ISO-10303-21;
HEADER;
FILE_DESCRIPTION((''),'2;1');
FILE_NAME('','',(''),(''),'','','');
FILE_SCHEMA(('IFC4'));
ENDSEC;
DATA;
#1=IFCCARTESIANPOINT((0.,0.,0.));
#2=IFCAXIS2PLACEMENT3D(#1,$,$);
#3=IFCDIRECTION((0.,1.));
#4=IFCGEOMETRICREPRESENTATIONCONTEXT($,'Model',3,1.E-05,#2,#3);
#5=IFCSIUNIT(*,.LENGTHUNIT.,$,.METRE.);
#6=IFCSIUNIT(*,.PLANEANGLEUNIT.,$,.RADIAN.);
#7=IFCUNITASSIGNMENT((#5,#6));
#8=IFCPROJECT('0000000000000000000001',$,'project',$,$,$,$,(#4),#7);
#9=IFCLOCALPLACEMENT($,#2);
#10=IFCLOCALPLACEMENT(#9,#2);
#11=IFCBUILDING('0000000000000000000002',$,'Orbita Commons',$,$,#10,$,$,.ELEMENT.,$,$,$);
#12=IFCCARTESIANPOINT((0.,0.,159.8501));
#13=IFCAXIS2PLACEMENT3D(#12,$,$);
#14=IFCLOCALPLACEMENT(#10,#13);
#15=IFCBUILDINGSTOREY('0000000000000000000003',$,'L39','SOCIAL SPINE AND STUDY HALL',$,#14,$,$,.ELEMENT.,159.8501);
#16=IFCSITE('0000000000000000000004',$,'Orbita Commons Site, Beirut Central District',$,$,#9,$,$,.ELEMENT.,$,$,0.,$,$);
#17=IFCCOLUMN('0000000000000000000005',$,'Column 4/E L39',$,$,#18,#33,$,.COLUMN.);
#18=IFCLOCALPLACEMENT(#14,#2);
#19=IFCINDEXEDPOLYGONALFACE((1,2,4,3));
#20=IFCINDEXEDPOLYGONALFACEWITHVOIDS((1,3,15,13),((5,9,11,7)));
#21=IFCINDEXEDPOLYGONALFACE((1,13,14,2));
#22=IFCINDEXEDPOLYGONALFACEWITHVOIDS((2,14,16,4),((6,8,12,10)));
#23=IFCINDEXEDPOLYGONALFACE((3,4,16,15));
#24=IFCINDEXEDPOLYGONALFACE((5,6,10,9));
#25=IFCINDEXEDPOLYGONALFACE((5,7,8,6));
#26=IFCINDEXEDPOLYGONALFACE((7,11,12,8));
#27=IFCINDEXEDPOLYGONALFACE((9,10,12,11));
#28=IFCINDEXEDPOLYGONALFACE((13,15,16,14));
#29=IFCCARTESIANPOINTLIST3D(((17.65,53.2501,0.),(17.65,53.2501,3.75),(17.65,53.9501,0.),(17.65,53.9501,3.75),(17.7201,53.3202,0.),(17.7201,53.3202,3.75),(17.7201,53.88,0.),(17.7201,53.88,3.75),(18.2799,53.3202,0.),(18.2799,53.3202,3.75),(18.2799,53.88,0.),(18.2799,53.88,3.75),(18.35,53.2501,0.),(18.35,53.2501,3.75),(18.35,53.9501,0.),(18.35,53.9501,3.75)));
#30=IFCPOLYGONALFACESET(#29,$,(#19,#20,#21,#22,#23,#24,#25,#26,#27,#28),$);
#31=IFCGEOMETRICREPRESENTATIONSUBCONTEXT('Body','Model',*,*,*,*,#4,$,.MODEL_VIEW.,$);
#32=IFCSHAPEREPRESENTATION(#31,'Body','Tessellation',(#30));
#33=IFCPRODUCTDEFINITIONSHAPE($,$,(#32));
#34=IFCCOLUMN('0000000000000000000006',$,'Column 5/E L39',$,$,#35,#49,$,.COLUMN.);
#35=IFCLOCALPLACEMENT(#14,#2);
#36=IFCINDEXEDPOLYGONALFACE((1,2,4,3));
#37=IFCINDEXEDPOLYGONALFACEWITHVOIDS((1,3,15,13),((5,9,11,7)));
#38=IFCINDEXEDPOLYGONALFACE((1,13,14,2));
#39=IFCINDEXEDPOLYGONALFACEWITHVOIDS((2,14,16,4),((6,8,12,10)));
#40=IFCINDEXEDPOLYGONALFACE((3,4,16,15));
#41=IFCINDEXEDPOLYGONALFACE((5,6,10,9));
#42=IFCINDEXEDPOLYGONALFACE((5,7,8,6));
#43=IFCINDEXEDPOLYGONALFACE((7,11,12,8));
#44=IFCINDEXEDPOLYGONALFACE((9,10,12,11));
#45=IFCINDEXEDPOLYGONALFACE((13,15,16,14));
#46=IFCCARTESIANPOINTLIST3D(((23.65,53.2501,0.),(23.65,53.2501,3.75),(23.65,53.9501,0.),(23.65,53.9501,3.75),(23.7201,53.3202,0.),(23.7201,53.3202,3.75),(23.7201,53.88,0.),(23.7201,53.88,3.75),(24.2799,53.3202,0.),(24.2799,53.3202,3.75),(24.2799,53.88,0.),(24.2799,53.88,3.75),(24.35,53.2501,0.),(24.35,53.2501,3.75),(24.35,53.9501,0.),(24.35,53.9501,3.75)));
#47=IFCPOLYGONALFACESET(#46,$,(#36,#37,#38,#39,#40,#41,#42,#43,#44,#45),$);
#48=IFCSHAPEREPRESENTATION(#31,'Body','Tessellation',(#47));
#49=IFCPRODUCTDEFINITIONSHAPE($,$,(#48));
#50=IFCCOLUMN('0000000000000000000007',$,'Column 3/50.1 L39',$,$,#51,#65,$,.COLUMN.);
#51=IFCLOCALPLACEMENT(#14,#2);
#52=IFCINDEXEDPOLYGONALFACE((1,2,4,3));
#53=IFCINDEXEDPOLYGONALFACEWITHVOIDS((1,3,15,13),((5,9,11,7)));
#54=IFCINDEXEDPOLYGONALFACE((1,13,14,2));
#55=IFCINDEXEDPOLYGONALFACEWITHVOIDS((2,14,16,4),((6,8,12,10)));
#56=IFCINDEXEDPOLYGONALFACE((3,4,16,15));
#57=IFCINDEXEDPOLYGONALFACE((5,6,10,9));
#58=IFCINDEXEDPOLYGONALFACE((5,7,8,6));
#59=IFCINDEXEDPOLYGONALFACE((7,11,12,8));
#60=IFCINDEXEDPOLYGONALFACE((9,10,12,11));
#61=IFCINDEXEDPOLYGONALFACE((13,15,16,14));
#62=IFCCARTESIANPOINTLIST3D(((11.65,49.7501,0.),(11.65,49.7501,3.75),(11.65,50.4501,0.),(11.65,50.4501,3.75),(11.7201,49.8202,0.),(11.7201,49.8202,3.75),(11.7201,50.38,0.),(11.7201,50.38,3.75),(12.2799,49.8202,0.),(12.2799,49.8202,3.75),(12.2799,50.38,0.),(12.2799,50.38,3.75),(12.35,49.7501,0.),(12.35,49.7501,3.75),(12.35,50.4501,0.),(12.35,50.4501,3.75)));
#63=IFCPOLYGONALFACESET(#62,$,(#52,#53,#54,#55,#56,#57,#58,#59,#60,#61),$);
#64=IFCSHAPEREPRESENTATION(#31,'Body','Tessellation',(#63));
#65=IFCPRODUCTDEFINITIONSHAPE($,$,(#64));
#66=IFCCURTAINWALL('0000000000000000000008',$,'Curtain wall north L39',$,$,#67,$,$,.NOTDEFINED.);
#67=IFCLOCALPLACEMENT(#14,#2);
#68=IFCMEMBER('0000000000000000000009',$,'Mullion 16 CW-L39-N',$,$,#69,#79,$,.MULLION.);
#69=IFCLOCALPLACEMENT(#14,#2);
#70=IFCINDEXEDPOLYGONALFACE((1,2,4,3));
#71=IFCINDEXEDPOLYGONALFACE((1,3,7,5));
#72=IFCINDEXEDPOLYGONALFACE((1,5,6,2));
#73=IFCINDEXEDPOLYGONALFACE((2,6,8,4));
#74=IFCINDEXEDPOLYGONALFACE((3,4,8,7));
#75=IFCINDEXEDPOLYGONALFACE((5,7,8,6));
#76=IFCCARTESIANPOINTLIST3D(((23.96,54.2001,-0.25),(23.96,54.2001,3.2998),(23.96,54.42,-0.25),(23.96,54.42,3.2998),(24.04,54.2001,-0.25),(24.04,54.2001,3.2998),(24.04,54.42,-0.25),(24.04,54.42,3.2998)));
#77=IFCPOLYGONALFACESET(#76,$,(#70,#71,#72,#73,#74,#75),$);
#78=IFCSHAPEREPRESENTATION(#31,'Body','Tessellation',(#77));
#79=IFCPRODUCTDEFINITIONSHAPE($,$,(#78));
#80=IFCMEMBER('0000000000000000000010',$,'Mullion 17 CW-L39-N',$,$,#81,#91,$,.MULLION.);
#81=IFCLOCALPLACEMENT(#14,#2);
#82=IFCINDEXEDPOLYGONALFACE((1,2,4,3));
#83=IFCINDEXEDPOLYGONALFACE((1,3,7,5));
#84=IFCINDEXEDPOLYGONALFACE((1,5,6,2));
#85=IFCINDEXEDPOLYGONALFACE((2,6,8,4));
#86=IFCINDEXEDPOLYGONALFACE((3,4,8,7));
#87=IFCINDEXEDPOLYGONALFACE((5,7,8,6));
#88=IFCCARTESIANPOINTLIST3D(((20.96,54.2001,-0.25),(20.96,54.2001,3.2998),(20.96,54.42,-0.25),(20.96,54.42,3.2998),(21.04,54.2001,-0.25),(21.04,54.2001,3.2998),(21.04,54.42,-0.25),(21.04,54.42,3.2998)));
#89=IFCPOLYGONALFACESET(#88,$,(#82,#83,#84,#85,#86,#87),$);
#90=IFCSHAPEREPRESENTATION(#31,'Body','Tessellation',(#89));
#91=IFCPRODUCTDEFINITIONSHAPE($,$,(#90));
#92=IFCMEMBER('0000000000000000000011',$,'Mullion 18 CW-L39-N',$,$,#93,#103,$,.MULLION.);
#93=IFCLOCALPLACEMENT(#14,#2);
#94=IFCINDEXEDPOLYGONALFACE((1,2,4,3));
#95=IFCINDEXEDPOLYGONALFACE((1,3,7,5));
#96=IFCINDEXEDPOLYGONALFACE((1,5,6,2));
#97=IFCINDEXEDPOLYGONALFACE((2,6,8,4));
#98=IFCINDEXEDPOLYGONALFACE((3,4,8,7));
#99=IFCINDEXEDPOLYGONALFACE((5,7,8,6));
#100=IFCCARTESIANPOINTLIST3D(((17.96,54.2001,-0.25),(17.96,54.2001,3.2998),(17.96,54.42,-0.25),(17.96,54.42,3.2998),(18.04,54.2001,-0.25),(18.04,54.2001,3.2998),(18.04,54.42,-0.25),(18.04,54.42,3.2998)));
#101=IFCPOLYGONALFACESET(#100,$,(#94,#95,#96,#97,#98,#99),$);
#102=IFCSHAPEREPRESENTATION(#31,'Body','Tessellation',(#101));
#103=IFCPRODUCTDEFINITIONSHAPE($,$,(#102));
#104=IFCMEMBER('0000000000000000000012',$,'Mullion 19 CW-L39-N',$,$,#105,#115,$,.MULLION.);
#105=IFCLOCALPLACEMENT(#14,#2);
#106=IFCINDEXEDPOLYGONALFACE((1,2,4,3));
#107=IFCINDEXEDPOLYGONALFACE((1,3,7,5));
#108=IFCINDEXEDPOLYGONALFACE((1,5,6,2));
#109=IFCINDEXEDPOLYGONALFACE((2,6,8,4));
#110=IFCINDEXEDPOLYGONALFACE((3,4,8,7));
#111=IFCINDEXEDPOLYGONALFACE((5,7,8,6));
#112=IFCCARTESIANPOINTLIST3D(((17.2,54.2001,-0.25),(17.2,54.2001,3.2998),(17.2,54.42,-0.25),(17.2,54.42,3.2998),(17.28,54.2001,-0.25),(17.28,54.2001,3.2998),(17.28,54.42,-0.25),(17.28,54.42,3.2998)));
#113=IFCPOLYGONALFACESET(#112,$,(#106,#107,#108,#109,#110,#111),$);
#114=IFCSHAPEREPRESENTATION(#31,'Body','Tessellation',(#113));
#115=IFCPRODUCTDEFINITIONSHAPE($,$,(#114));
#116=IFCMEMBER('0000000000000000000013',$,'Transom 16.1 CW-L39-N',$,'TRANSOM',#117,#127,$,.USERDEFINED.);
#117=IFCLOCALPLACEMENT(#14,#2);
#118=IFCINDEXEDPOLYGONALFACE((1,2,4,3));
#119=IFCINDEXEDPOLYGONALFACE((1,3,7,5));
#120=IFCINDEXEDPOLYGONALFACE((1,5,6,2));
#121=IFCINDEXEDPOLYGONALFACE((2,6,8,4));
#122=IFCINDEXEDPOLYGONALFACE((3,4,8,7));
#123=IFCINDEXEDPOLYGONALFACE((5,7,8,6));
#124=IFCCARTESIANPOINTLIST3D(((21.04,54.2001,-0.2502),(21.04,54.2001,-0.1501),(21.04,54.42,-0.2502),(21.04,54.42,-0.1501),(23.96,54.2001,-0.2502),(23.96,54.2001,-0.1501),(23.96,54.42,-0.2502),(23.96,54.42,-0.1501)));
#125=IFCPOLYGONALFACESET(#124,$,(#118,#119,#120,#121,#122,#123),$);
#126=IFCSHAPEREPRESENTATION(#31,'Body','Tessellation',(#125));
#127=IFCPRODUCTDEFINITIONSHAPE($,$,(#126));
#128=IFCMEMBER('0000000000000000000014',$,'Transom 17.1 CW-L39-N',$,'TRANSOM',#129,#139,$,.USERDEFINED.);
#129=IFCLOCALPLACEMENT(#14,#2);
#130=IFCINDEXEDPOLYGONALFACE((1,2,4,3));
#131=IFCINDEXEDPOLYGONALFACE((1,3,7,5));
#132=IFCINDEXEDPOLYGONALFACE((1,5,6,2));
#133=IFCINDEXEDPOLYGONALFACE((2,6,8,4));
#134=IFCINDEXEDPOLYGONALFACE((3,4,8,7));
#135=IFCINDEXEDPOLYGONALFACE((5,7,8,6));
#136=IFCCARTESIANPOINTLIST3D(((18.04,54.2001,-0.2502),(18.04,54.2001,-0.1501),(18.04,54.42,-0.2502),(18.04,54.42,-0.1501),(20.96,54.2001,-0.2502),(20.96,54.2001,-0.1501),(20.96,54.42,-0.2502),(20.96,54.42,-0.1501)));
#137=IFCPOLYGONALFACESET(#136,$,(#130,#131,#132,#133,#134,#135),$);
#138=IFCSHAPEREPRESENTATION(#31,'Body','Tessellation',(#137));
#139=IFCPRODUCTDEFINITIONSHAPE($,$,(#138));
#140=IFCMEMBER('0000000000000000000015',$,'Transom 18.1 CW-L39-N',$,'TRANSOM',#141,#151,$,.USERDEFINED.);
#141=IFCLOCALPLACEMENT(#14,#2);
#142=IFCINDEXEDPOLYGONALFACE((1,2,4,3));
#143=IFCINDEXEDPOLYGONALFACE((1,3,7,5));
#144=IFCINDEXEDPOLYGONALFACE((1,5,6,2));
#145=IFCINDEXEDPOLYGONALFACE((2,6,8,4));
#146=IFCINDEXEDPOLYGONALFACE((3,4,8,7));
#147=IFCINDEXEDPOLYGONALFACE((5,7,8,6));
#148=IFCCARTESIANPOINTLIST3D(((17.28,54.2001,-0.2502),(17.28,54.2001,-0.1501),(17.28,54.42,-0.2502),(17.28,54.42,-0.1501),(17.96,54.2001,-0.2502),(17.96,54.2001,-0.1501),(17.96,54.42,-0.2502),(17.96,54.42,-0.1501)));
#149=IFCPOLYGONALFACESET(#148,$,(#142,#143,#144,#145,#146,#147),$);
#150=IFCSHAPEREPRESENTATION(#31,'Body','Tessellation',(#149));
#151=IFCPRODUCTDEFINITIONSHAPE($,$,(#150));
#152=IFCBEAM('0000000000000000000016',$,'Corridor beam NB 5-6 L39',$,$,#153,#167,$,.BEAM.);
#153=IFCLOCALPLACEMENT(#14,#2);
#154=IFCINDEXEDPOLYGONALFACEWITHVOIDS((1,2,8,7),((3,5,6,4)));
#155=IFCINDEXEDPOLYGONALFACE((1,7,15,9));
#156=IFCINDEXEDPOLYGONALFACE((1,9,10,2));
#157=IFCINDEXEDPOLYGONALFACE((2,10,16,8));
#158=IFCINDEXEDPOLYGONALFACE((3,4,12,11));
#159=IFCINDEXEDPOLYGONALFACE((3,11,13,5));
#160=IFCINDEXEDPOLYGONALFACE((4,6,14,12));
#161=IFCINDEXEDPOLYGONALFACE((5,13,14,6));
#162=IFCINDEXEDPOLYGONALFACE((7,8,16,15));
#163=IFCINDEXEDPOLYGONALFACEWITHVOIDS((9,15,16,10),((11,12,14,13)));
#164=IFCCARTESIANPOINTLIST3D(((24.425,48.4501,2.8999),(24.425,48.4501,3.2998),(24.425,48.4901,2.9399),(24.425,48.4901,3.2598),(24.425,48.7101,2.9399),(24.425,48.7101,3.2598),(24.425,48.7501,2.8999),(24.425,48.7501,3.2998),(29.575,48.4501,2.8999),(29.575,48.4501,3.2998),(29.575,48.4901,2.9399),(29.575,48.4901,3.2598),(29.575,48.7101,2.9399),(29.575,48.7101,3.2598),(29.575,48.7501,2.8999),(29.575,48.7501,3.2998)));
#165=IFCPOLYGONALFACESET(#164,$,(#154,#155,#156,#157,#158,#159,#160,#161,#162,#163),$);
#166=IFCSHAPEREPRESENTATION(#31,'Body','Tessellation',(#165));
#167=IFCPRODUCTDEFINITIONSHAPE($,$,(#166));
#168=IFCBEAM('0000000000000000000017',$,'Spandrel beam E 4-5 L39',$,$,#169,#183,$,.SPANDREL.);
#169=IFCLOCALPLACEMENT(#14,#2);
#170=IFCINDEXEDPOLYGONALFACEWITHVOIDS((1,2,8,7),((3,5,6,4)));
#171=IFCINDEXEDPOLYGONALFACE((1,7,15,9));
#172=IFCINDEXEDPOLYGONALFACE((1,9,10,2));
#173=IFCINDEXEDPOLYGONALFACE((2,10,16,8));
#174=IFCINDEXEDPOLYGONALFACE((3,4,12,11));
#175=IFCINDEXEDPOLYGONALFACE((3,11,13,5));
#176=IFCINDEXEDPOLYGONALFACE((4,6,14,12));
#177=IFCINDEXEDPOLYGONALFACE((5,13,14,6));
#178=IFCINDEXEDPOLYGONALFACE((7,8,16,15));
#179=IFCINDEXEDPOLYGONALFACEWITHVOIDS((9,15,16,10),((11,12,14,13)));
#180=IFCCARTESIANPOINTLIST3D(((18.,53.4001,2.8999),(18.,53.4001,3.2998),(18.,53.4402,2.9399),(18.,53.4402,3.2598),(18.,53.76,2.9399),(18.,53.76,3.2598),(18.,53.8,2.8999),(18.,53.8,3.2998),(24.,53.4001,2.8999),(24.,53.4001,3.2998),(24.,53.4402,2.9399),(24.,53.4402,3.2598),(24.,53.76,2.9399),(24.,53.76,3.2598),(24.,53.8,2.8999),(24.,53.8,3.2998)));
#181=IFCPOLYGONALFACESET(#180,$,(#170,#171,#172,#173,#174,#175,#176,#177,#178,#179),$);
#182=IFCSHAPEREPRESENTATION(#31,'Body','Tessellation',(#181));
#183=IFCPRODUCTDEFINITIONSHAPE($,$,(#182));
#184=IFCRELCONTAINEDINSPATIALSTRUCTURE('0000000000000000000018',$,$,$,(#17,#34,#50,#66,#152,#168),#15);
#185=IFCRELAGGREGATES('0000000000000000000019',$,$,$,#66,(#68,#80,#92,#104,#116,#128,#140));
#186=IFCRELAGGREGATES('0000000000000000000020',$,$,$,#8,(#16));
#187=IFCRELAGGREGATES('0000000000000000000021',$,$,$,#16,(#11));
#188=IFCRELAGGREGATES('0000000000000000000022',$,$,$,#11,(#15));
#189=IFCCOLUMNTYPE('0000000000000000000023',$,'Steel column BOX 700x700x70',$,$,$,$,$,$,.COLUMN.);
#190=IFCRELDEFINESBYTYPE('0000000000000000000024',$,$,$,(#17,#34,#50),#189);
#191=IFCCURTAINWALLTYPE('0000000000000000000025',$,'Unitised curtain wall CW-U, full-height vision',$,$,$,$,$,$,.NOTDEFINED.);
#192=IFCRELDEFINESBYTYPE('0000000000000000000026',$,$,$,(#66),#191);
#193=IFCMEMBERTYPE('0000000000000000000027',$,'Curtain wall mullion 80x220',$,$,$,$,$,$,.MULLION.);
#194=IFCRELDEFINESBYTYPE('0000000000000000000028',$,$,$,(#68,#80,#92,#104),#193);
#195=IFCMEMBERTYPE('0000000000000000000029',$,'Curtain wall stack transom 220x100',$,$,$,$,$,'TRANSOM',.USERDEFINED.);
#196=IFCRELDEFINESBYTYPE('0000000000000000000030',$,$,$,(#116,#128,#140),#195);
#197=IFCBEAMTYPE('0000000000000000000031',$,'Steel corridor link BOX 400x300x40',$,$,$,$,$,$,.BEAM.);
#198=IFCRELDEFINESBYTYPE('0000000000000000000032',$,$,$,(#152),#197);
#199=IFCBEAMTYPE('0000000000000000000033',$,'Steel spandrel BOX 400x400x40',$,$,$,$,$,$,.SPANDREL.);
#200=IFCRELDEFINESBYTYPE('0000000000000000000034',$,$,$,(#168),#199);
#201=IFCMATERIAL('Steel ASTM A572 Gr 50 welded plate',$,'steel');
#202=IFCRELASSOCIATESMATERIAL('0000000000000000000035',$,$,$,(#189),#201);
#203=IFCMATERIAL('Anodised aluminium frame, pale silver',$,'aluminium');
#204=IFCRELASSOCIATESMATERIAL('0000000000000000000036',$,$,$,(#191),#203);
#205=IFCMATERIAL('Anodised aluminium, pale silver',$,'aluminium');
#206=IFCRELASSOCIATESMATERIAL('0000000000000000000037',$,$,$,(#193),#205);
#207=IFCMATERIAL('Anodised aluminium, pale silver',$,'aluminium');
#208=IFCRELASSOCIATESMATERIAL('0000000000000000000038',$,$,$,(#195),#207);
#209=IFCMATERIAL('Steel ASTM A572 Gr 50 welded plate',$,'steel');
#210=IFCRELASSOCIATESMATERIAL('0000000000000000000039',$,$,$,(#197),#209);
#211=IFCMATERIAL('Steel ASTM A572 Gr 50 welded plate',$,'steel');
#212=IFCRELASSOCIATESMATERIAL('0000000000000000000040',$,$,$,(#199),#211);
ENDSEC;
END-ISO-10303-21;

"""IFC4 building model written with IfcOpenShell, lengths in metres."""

from ifc_helpers import new_model, si_unit, direction, frame, origin, origin_2d, place, context, subcontext, project, spatial, rectangle, hollow_rectangle, extrude, material, material_profile, profile_set, type_object, element, aggregate, save


model = new_model("IFC4")

# Units and contexts
model_context = context("Model", 3, precision=1e-05, world=origin(), true_north=direction((0.0, 1.0)))
body_context = subcontext(model_context, "Body", "Model", "MODEL_VIEW")
ifc_project = project(units=[si_unit("LENGTHUNIT", "METRE"), si_unit("PLANEANGLEUNIT", "RADIAN")], contexts=[model_context])

# Site, building, storey
site_placement = place(None, origin())
site = spatial("IfcSite", under=ifc_project, at=site_placement, Name="Orbita Commons Site, Beirut Central District", CompositionType="ELEMENT", RefElevation=0.0)
building_placement = place(site_placement, origin())
building = spatial("IfcBuilding", under=site, at=building_placement, Name="Orbita Commons", CompositionType="ELEMENT")
storey_placement = place(building_placement, frame((0.0, 0.0, 159.8501)))
storey = spatial("IfcBuildingStorey", under=building, at=storey_placement, Name="L39", Description="SOCIAL SPINE AND STUDY HALL", CompositionType="ELEMENT", Elevation=159.8501)

# Columns
ifc_material_1 = material(Name="Steel ASTM A572 Gr 50 welded plate", Category="steel")
ifc_material_profile_1 = material_profile(ifc_material_1, hollow_rectangle(XDim=0.7, YDim=0.7, WallThickness=0.0701, at=origin_2d()), Name="BOX 700x700x70")
ifc_profile_set_1 = profile_set([ifc_material_profile_1], Name="Steel ASTM A572 Gr 50 welded plate")
column_type = type_object("IfcColumnType", Name="Steel column BOX 700x700x70", PredefinedType="COLUMN", material=ifc_profile_set_1)
for number, where, z_axis, x_axis, name in (
    (1, (18.0, 53.6001, 0.0), (0.0, 0.0, 1.0), (1.0, 0.0, 0.0), "Column 4/E L39"),
    (2, (24.0, 53.6001, 0.0), (0.0, 0.0, 1.0), (1.0, 0.0, 0.0), "Column 5/E L39"),
    (3, (12.0, 50.1001, 0.0), (0.0, 0.0, 1.0), (1.0, 0.0, 0.0), "Column 3/50.1 L39"),
):
    element("IfcColumn", number, at=place(storey_placement, frame(where, z_axis=z_axis, x_axis=x_axis)), inside=storey, type_object=column_type, Name=name, PredefinedType="COLUMN", context=body_context, shape_type="SweptSolid", body=[
        extrude(hollow_rectangle(XDim=0.7, YDim=0.7, WallThickness=0.0701, at=origin_2d()), origin(), (0.0, 0.0, 1.0), 3.75),
    ])

# Curtain wall, members
ifc_material_2 = material(Name="Anodised aluminium frame, pale silver", Category="aluminium")
curtain_wall_type = type_object("IfcCurtainWallType", Name="Unitised curtain wall CW-U, full-height vision", PredefinedType="NOTDEFINED", material=ifc_material_2)
curtain_wall_placement = place(storey_placement, origin())
curtain_wall = element("IfcCurtainWall", 4, at=curtain_wall_placement, inside=storey, type_object=curtain_wall_type, Name="Curtain wall north L39", PredefinedType="NOTDEFINED")
ifc_material_3 = material(Name="Anodised aluminium, pale silver", Category="aluminium")
ifc_material_profile_2 = material_profile(ifc_material_3, rectangle(XDim=0.0801, YDim=0.22, at=origin_2d()), Name="AL 80x220")
ifc_profile_set_2 = profile_set([ifc_material_profile_2], Name="Anodised aluminium, pale silver")
member_type_1 = type_object("IfcMemberType", Name="Curtain wall mullion 80x220", PredefinedType="MULLION", material=ifc_profile_set_2)
member_1_placement = place(storey_placement, frame((24.0, 54.3101, -0.25), z_axis=(0.0, 0.0, 1.0), x_axis=(-1.0, 0.0, 0.0)))
member_1 = element("IfcMember", 5, at=member_1_placement, type_object=member_type_1, Name="Mullion 16 CW-L39-N", PredefinedType="MULLION", context=body_context, shape_type="SweptSolid", body=[
    extrude(rectangle(XDim=0.0801, YDim=0.22, at=origin_2d()), origin(), (0.0, 0.0, 1.0), 3.5498),
])
member_2_placement = place(storey_placement, frame((21.0, 54.3101, -0.25), z_axis=(0.0, 0.0, 1.0), x_axis=(-1.0, 0.0, 0.0)))
member_2 = element("IfcMember", 6, at=member_2_placement, type_object=member_type_1, Name="Mullion 17 CW-L39-N", PredefinedType="MULLION", context=body_context, shape_type="SweptSolid", body=[
    extrude(rectangle(XDim=0.0801, YDim=0.22, at=origin_2d()), origin(), (0.0, 0.0, 1.0), 3.5498),
])
member_3_placement = place(storey_placement, frame((18.0, 54.3101, -0.25), z_axis=(0.0, 0.0, 1.0), x_axis=(-1.0, 0.0, 0.0)))
member_3 = element("IfcMember", 7, at=member_3_placement, type_object=member_type_1, Name="Mullion 18 CW-L39-N", PredefinedType="MULLION", context=body_context, shape_type="SweptSolid", body=[
    extrude(rectangle(XDim=0.0801, YDim=0.22, at=origin_2d()), origin(), (0.0, 0.0, 1.0), 3.5498),
])
member_4_placement = place(storey_placement, frame((17.24, 54.3101, -0.25), z_axis=(0.0, 0.0, 1.0), x_axis=(-1.0, 0.0, 0.0)))
member_4 = element("IfcMember", 8, at=member_4_placement, type_object=member_type_1, Name="Mullion 19 CW-L39-N", PredefinedType="MULLION", context=body_context, shape_type="SweptSolid", body=[
    extrude(rectangle(XDim=0.0801, YDim=0.22, at=origin_2d()), origin(), (0.0, 0.0, 1.0), 3.5498),
])
ifc_material_4 = material(Name="Anodised aluminium, pale silver", Category="aluminium")
ifc_material_profile_3 = material_profile(ifc_material_4, rectangle(XDim=0.22, YDim=0.1001, at=origin_2d()), Name="AL 220x100")
ifc_profile_set_3 = profile_set([ifc_material_profile_3], Name="Anodised aluminium, pale silver")
member_type_2 = type_object("IfcMemberType", Name="Curtain wall stack transom 220x100", ElementType="TRANSOM", PredefinedType="USERDEFINED", material=ifc_profile_set_3)
member_5_placement = place(storey_placement, frame((23.96, 54.3101, -0.2002), z_axis=(-1.0, 0.0, 0.0), x_axis=(0.0, -1.0, 0.0)))
member_5 = element("IfcMember", 9, at=member_5_placement, type_object=member_type_2, Name="Transom 16.1 CW-L39-N", ObjectType="TRANSOM", PredefinedType="USERDEFINED", context=body_context, shape_type="SweptSolid", body=[
    extrude(rectangle(XDim=0.22, YDim=0.1001, at=origin_2d()), origin(), (0.0, 0.0, 1.0), 2.9199),
])
member_6_placement = place(storey_placement, frame((20.96, 54.3101, -0.2002), z_axis=(-1.0, 0.0, 0.0), x_axis=(0.0, -1.0, 0.0)))
member_6 = element("IfcMember", 10, at=member_6_placement, type_object=member_type_2, Name="Transom 17.1 CW-L39-N", ObjectType="TRANSOM", PredefinedType="USERDEFINED", context=body_context, shape_type="SweptSolid", body=[
    extrude(rectangle(XDim=0.22, YDim=0.1001, at=origin_2d()), origin(), (0.0, 0.0, 1.0), 2.9199),
])
member_7_placement = place(storey_placement, frame((17.96, 54.3101, -0.2002), z_axis=(-1.0, 0.0, 0.0), x_axis=(0.0, -1.0, 0.0)))
member_7 = element("IfcMember", 11, at=member_7_placement, type_object=member_type_2, Name="Transom 18.1 CW-L39-N", ObjectType="TRANSOM", PredefinedType="USERDEFINED", context=body_context, shape_type="SweptSolid", body=[
    extrude(rectangle(XDim=0.22, YDim=0.1001, at=origin_2d()), origin(), (0.0, 0.0, 1.0), 0.6799),
])

# Beams
ifc_material_5 = material(Name="Steel ASTM A572 Gr 50 welded plate", Category="steel")
ifc_material_profile_4 = material_profile(ifc_material_5, hollow_rectangle(XDim=0.3, YDim=0.3999, WallThickness=0.04, at=origin_2d()), Name="BOX 400x300x40")
ifc_profile_set_4 = profile_set([ifc_material_profile_4], Name="Steel ASTM A572 Gr 50 welded plate")
beam_type_1 = type_object("IfcBeamType", Name="Steel corridor link BOX 400x300x40", PredefinedType="BEAM", material=ifc_profile_set_4)
beam_placement = place(storey_placement, frame((24.425, 48.6001, 3.0999), z_axis=(1.0, 0.0, 0.0), x_axis=(0.0, 1.0, 0.0)))
element("IfcBeam", 12, at=beam_placement, inside=storey, type_object=beam_type_1, Name="Corridor beam NB 5-6 L39", PredefinedType="BEAM", context=body_context, shape_type="SweptSolid", body=[
    extrude(hollow_rectangle(XDim=0.3, YDim=0.3999, WallThickness=0.04, at=origin_2d()), origin(), (0.0, 0.0, 1.0), 5.1499),
])
ifc_material_6 = material(Name="Steel ASTM A572 Gr 50 welded plate", Category="steel")
ifc_material_profile_5 = material_profile(ifc_material_6, hollow_rectangle(XDim=0.3999, YDim=0.3999, WallThickness=0.04, at=origin_2d()), Name="BOX 400x400x40")
ifc_profile_set_5 = profile_set([ifc_material_profile_5], Name="Steel ASTM A572 Gr 50 welded plate")
beam_type_2 = type_object("IfcBeamType", Name="Steel spandrel BOX 400x400x40", PredefinedType="SPANDREL", material=ifc_profile_set_5)
for number, where, z_axis, x_axis, name in (
    (13, (18.0, 53.6001, 3.0999), (1.0, 0.0, 0.0), (0.0, 1.0, 0.0), "Spandrel beam E 4-5 L39"),
):
    element("IfcBeam", number, at=place(storey_placement, frame(where, z_axis=z_axis, x_axis=x_axis)), inside=storey, type_object=beam_type_2, Name=name, PredefinedType="SPANDREL", context=body_context, shape_type="SweptSolid", body=[
        extrude(hollow_rectangle(XDim=0.3999, YDim=0.3999, WallThickness=0.04, at=origin_2d()), origin(), (0.0, 0.0, 1.0), 6.0),
    ])

aggregate(curtain_wall, [member_1, member_2, member_3, member_4, member_5, member_6, member_7])

save(model, "model.ifc")
